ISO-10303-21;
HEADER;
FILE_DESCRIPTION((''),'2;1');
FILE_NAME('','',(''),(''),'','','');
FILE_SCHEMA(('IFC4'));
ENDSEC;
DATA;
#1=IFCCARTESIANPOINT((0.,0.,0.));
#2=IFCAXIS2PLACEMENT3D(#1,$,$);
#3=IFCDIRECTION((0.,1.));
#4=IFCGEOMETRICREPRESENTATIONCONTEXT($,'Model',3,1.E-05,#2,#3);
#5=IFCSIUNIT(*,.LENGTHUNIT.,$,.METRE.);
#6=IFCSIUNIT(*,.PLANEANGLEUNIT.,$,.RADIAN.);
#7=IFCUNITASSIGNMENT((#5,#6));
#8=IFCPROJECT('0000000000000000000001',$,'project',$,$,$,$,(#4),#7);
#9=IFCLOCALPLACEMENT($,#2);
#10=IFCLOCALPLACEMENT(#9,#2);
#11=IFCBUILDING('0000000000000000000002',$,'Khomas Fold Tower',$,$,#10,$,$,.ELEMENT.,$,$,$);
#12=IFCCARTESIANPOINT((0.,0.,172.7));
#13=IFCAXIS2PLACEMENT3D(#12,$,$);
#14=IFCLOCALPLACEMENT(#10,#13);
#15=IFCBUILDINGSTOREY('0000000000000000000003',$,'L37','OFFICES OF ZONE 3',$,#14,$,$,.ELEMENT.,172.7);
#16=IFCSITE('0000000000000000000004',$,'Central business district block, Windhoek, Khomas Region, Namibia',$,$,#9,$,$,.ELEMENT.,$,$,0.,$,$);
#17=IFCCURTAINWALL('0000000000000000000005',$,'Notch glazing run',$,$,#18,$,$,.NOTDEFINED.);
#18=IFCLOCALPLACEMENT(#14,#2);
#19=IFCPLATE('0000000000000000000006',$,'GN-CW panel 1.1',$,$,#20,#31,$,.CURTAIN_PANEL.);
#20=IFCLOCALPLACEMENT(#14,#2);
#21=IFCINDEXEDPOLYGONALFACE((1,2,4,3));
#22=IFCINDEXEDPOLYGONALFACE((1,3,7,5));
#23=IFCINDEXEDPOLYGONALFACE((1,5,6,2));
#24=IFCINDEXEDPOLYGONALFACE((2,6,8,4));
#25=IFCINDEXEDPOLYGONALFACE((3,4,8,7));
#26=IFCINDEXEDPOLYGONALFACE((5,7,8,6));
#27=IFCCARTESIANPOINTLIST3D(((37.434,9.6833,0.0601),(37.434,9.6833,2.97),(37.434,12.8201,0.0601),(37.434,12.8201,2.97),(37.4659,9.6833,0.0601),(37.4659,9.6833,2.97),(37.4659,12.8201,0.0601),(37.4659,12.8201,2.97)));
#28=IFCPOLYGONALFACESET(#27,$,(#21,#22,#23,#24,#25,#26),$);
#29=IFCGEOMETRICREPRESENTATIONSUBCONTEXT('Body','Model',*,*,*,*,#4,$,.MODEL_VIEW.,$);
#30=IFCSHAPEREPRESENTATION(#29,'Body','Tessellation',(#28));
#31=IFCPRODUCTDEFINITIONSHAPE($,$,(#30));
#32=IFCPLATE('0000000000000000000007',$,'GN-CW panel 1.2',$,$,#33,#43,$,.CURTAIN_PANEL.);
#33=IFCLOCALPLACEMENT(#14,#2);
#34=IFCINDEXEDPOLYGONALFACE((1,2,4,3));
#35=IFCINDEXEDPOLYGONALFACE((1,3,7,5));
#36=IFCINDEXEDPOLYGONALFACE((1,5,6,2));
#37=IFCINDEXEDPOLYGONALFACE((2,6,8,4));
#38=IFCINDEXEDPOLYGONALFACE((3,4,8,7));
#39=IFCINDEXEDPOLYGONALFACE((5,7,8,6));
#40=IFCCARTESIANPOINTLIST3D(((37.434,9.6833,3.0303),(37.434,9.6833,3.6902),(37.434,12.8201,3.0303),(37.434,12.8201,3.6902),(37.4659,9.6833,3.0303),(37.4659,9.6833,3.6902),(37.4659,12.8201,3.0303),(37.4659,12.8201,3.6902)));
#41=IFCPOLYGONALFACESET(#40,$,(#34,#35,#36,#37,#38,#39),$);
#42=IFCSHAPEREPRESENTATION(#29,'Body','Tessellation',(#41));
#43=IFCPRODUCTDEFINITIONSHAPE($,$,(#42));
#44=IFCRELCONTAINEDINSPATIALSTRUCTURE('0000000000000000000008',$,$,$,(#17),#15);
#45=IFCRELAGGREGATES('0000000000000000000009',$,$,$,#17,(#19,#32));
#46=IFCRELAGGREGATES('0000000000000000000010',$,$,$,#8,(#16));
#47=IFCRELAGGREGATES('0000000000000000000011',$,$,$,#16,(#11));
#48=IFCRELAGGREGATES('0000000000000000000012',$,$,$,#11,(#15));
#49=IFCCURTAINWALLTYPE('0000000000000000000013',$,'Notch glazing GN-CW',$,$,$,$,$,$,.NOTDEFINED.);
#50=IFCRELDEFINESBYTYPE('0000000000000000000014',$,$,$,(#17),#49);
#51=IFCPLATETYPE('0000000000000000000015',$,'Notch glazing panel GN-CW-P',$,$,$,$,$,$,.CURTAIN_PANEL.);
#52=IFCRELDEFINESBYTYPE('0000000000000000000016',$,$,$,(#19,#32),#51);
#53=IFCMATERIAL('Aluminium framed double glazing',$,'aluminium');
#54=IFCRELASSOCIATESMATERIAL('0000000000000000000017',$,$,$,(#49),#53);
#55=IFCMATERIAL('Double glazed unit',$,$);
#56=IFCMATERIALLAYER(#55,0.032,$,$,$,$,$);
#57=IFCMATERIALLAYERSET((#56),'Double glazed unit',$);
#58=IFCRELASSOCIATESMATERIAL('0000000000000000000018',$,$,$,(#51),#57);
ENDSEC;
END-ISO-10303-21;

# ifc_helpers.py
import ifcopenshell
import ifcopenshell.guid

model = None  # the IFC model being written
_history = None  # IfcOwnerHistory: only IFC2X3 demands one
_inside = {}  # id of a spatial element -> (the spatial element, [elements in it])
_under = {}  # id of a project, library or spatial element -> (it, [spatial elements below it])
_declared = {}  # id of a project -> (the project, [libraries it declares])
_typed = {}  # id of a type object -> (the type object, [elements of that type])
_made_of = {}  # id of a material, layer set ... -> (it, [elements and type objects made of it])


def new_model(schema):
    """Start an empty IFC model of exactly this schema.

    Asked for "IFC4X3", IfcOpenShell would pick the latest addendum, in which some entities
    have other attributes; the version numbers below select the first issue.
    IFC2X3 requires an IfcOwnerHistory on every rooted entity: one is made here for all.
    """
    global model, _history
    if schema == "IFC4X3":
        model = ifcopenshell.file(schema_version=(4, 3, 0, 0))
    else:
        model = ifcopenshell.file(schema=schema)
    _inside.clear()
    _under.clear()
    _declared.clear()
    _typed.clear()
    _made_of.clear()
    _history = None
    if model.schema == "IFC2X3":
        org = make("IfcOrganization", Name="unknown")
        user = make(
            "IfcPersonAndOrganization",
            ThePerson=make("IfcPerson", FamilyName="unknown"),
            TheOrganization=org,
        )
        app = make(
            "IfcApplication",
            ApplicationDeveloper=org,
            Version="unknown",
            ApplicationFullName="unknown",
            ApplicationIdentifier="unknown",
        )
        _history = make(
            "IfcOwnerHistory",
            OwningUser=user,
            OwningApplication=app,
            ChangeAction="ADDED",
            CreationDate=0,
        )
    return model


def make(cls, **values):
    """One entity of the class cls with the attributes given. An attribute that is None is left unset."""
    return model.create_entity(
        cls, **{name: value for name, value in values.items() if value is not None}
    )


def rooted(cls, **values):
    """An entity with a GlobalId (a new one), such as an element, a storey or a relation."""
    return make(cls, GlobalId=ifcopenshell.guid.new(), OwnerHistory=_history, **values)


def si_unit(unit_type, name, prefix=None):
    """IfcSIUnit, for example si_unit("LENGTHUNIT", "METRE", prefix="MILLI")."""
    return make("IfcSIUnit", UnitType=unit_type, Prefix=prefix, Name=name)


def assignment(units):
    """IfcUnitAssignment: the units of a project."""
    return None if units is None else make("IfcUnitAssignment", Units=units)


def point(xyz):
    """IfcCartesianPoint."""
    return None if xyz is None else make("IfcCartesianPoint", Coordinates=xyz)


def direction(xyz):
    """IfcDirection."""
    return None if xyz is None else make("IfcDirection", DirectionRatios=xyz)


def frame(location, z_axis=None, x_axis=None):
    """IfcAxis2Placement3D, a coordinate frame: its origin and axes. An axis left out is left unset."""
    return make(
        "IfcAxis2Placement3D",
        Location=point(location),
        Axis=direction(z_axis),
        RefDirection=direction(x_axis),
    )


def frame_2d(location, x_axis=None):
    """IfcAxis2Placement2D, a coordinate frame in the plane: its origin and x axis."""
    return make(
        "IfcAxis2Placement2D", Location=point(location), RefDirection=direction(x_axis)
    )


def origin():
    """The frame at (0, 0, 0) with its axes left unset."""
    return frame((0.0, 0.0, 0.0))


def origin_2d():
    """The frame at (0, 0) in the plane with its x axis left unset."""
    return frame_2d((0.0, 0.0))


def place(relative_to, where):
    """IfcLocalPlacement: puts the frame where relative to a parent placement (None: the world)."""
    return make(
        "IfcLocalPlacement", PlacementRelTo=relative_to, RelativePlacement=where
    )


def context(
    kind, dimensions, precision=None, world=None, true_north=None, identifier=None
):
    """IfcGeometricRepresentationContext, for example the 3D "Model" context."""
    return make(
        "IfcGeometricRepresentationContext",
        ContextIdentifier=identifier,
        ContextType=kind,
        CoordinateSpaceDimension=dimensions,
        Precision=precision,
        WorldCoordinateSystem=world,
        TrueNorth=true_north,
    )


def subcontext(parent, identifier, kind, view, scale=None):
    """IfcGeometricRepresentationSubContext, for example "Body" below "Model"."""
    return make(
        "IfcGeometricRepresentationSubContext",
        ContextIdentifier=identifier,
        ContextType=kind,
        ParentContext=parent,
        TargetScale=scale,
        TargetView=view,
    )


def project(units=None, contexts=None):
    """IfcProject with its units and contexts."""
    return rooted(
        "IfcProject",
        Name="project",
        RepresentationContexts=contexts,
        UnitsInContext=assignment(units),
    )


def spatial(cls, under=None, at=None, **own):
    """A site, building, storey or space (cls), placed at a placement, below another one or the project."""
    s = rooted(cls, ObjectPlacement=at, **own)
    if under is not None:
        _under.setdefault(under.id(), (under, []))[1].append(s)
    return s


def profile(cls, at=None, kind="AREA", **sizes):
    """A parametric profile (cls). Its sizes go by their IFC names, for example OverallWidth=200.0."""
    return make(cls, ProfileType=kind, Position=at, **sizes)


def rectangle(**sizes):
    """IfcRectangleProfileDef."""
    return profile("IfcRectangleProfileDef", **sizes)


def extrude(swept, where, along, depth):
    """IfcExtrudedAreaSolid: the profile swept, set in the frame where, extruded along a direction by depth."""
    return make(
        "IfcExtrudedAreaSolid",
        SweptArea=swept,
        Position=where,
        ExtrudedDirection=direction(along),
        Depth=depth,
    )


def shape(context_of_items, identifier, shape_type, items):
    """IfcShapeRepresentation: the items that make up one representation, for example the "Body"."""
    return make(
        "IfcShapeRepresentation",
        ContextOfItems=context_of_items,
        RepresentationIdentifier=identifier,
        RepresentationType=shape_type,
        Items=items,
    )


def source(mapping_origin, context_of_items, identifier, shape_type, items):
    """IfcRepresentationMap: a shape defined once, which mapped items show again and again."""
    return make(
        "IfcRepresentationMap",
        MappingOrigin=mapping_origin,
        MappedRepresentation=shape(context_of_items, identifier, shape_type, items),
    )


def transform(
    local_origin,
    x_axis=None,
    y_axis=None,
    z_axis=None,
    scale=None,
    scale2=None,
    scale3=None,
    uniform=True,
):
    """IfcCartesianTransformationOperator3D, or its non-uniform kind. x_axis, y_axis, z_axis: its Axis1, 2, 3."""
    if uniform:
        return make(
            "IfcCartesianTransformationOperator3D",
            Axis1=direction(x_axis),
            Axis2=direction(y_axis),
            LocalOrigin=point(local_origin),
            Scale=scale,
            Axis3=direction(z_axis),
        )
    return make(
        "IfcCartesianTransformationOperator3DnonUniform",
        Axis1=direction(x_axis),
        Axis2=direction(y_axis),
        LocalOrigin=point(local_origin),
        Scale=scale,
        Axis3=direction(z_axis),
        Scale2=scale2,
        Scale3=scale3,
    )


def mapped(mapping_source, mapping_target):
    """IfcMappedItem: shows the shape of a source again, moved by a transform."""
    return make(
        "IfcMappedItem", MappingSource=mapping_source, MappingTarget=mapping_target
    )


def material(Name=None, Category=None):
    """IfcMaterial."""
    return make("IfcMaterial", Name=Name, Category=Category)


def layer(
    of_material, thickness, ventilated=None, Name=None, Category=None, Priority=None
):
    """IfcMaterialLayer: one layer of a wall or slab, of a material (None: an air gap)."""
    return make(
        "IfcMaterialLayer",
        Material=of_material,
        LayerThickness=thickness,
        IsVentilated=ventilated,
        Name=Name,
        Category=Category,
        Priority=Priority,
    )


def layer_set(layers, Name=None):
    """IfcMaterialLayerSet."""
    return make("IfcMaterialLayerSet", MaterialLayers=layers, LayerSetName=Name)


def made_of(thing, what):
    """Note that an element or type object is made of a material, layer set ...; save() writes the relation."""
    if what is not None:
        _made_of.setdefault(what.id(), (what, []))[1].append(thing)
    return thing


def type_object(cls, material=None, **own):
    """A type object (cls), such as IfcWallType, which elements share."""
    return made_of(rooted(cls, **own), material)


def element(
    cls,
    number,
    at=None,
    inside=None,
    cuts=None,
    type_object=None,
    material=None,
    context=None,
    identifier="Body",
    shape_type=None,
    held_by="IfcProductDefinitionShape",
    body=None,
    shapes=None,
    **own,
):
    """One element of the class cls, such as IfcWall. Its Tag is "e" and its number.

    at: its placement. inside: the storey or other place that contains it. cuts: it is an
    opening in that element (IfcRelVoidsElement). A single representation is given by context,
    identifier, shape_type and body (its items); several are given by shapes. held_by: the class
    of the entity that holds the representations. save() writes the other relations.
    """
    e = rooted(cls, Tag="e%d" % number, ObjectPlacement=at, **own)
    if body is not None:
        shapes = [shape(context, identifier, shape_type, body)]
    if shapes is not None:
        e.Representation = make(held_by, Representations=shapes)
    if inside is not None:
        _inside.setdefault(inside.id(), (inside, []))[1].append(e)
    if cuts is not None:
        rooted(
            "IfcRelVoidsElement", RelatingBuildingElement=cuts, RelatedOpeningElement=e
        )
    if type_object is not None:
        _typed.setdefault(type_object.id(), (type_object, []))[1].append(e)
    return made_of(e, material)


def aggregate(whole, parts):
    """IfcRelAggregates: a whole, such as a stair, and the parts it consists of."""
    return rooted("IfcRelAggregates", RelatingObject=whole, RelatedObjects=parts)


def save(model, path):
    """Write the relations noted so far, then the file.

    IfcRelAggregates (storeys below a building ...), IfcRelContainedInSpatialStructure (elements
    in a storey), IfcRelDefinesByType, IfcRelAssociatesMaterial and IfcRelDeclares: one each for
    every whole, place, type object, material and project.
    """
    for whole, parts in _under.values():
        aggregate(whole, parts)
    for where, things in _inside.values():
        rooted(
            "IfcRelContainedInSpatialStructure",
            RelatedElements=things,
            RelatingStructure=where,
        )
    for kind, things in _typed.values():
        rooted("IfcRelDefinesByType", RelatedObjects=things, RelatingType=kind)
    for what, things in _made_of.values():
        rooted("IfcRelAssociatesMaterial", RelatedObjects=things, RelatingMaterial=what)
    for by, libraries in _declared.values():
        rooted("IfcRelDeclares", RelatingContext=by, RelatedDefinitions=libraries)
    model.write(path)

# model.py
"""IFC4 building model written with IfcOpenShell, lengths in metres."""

from ifc_helpers import new_model, si_unit, direction, frame, origin, origin_2d, place, context, subcontext, project, spatial, rectangle, extrude, source, transform, mapped, material, layer, layer_set, type_object, element, aggregate, save


model = new_model("IFC4")

# Units and contexts
model_context = context("Model", 3, precision=1e-05, world=origin(), true_north=direction((0.0, 1.0)))
body_context = subcontext(model_context, "Body", "Model", "MODEL_VIEW")
ifc_project = project(units=[si_unit("LENGTHUNIT", "METRE"), si_unit("PLANEANGLEUNIT", "RADIAN")], contexts=[model_context])

# Site, building, storey
site_placement = place(None, origin())
site = spatial("IfcSite", under=ifc_project, at=site_placement, Name="Central business district block, Windhoek, Khomas Region, Namibia", CompositionType="ELEMENT", RefElevation=0.0)
building_placement = place(site_placement, origin())
building = spatial("IfcBuilding", under=site, at=building_placement, Name="Khomas Fold Tower", CompositionType="ELEMENT")
storey_placement = place(building_placement, frame((0.0, 0.0, 172.7)))
storey = spatial("IfcBuildingStorey", under=building, at=storey_placement, Name="L37", Description="OFFICES OF ZONE 3", CompositionType="ELEMENT", Elevation=172.7)

# Curtain wall
ifc_material_1 = material(Name="Aluminium framed double glazing", Category="aluminium")
curtain_wall_type_1 = type_object("IfcCurtainWallType", Name="Notch glazing GN-CW", PredefinedType="NOTDEFINED", material=ifc_material_1)
curtain_wall_1_placement = place(storey_placement, origin())
curtain_wall_1 = element("IfcCurtainWall", 1, at=curtain_wall_1_placement, inside=storey, type_object=curtain_wall_type_1, Name="Notch glazing run", PredefinedType="NOTDEFINED")

# Plates
ifc_material_2 = material(Name="Double glazed unit")
ifc_layer_1 = layer(ifc_material_2, 0.032)
ifc_layer_set_1 = layer_set([ifc_layer_1], Name="Double glazed unit")
plate_type_1 = type_object("IfcPlateType", Name="Notch glazing panel GN-CW-P", PredefinedType="CURTAIN_PANEL", material=ifc_layer_set_1)
shared_shape_1 = source(origin(), body_context, "Body", "SweptSolid", [
    extrude(rectangle(XDim=3.1367, YDim=0.032, at=origin_2d()), origin(), (0.0, 0.0, 1.0), 2.9099),
])
plate_1_placement = place(storey_placement, frame((37.45, 11.2517, 0.0601), z_axis=(0.0, 0.0, 1.0), x_axis=(0.0, -1.0, 0.0)))
plate_1 = element("IfcPlate", 2, at=plate_1_placement, type_object=plate_type_1, Name="GN-CW panel 1.1", PredefinedType="CURTAIN_PANEL", context=body_context, shape_type="MappedRepresentation", body=[
    mapped(shared_shape_1, transform((0.0, 0.0, 0.0))),
])
shared_shape_2 = source(origin(), body_context, "Body", "SweptSolid", [
    extrude(rectangle(XDim=3.1367, YDim=0.032, at=origin_2d()), origin(), (0.0, 0.0, 1.0), 0.6599),
])
plate_2_placement = place(storey_placement, frame((37.45, 11.2517, 3.0303), z_axis=(0.0, 0.0, 1.0), x_axis=(0.0, -1.0, 0.0)))
plate_2 = element("IfcPlate", 3, at=plate_2_placement, type_object=plate_type_1, Name="GN-CW panel 1.2", PredefinedType="CURTAIN_PANEL", context=body_context, shape_type="MappedRepresentation", body=[
    mapped(shared_shape_2, transform((0.0, 0.0, 0.0))),
])
aggregate(curtain_wall_1, [plate_1, plate_2])

save(model, "model.ifc")
